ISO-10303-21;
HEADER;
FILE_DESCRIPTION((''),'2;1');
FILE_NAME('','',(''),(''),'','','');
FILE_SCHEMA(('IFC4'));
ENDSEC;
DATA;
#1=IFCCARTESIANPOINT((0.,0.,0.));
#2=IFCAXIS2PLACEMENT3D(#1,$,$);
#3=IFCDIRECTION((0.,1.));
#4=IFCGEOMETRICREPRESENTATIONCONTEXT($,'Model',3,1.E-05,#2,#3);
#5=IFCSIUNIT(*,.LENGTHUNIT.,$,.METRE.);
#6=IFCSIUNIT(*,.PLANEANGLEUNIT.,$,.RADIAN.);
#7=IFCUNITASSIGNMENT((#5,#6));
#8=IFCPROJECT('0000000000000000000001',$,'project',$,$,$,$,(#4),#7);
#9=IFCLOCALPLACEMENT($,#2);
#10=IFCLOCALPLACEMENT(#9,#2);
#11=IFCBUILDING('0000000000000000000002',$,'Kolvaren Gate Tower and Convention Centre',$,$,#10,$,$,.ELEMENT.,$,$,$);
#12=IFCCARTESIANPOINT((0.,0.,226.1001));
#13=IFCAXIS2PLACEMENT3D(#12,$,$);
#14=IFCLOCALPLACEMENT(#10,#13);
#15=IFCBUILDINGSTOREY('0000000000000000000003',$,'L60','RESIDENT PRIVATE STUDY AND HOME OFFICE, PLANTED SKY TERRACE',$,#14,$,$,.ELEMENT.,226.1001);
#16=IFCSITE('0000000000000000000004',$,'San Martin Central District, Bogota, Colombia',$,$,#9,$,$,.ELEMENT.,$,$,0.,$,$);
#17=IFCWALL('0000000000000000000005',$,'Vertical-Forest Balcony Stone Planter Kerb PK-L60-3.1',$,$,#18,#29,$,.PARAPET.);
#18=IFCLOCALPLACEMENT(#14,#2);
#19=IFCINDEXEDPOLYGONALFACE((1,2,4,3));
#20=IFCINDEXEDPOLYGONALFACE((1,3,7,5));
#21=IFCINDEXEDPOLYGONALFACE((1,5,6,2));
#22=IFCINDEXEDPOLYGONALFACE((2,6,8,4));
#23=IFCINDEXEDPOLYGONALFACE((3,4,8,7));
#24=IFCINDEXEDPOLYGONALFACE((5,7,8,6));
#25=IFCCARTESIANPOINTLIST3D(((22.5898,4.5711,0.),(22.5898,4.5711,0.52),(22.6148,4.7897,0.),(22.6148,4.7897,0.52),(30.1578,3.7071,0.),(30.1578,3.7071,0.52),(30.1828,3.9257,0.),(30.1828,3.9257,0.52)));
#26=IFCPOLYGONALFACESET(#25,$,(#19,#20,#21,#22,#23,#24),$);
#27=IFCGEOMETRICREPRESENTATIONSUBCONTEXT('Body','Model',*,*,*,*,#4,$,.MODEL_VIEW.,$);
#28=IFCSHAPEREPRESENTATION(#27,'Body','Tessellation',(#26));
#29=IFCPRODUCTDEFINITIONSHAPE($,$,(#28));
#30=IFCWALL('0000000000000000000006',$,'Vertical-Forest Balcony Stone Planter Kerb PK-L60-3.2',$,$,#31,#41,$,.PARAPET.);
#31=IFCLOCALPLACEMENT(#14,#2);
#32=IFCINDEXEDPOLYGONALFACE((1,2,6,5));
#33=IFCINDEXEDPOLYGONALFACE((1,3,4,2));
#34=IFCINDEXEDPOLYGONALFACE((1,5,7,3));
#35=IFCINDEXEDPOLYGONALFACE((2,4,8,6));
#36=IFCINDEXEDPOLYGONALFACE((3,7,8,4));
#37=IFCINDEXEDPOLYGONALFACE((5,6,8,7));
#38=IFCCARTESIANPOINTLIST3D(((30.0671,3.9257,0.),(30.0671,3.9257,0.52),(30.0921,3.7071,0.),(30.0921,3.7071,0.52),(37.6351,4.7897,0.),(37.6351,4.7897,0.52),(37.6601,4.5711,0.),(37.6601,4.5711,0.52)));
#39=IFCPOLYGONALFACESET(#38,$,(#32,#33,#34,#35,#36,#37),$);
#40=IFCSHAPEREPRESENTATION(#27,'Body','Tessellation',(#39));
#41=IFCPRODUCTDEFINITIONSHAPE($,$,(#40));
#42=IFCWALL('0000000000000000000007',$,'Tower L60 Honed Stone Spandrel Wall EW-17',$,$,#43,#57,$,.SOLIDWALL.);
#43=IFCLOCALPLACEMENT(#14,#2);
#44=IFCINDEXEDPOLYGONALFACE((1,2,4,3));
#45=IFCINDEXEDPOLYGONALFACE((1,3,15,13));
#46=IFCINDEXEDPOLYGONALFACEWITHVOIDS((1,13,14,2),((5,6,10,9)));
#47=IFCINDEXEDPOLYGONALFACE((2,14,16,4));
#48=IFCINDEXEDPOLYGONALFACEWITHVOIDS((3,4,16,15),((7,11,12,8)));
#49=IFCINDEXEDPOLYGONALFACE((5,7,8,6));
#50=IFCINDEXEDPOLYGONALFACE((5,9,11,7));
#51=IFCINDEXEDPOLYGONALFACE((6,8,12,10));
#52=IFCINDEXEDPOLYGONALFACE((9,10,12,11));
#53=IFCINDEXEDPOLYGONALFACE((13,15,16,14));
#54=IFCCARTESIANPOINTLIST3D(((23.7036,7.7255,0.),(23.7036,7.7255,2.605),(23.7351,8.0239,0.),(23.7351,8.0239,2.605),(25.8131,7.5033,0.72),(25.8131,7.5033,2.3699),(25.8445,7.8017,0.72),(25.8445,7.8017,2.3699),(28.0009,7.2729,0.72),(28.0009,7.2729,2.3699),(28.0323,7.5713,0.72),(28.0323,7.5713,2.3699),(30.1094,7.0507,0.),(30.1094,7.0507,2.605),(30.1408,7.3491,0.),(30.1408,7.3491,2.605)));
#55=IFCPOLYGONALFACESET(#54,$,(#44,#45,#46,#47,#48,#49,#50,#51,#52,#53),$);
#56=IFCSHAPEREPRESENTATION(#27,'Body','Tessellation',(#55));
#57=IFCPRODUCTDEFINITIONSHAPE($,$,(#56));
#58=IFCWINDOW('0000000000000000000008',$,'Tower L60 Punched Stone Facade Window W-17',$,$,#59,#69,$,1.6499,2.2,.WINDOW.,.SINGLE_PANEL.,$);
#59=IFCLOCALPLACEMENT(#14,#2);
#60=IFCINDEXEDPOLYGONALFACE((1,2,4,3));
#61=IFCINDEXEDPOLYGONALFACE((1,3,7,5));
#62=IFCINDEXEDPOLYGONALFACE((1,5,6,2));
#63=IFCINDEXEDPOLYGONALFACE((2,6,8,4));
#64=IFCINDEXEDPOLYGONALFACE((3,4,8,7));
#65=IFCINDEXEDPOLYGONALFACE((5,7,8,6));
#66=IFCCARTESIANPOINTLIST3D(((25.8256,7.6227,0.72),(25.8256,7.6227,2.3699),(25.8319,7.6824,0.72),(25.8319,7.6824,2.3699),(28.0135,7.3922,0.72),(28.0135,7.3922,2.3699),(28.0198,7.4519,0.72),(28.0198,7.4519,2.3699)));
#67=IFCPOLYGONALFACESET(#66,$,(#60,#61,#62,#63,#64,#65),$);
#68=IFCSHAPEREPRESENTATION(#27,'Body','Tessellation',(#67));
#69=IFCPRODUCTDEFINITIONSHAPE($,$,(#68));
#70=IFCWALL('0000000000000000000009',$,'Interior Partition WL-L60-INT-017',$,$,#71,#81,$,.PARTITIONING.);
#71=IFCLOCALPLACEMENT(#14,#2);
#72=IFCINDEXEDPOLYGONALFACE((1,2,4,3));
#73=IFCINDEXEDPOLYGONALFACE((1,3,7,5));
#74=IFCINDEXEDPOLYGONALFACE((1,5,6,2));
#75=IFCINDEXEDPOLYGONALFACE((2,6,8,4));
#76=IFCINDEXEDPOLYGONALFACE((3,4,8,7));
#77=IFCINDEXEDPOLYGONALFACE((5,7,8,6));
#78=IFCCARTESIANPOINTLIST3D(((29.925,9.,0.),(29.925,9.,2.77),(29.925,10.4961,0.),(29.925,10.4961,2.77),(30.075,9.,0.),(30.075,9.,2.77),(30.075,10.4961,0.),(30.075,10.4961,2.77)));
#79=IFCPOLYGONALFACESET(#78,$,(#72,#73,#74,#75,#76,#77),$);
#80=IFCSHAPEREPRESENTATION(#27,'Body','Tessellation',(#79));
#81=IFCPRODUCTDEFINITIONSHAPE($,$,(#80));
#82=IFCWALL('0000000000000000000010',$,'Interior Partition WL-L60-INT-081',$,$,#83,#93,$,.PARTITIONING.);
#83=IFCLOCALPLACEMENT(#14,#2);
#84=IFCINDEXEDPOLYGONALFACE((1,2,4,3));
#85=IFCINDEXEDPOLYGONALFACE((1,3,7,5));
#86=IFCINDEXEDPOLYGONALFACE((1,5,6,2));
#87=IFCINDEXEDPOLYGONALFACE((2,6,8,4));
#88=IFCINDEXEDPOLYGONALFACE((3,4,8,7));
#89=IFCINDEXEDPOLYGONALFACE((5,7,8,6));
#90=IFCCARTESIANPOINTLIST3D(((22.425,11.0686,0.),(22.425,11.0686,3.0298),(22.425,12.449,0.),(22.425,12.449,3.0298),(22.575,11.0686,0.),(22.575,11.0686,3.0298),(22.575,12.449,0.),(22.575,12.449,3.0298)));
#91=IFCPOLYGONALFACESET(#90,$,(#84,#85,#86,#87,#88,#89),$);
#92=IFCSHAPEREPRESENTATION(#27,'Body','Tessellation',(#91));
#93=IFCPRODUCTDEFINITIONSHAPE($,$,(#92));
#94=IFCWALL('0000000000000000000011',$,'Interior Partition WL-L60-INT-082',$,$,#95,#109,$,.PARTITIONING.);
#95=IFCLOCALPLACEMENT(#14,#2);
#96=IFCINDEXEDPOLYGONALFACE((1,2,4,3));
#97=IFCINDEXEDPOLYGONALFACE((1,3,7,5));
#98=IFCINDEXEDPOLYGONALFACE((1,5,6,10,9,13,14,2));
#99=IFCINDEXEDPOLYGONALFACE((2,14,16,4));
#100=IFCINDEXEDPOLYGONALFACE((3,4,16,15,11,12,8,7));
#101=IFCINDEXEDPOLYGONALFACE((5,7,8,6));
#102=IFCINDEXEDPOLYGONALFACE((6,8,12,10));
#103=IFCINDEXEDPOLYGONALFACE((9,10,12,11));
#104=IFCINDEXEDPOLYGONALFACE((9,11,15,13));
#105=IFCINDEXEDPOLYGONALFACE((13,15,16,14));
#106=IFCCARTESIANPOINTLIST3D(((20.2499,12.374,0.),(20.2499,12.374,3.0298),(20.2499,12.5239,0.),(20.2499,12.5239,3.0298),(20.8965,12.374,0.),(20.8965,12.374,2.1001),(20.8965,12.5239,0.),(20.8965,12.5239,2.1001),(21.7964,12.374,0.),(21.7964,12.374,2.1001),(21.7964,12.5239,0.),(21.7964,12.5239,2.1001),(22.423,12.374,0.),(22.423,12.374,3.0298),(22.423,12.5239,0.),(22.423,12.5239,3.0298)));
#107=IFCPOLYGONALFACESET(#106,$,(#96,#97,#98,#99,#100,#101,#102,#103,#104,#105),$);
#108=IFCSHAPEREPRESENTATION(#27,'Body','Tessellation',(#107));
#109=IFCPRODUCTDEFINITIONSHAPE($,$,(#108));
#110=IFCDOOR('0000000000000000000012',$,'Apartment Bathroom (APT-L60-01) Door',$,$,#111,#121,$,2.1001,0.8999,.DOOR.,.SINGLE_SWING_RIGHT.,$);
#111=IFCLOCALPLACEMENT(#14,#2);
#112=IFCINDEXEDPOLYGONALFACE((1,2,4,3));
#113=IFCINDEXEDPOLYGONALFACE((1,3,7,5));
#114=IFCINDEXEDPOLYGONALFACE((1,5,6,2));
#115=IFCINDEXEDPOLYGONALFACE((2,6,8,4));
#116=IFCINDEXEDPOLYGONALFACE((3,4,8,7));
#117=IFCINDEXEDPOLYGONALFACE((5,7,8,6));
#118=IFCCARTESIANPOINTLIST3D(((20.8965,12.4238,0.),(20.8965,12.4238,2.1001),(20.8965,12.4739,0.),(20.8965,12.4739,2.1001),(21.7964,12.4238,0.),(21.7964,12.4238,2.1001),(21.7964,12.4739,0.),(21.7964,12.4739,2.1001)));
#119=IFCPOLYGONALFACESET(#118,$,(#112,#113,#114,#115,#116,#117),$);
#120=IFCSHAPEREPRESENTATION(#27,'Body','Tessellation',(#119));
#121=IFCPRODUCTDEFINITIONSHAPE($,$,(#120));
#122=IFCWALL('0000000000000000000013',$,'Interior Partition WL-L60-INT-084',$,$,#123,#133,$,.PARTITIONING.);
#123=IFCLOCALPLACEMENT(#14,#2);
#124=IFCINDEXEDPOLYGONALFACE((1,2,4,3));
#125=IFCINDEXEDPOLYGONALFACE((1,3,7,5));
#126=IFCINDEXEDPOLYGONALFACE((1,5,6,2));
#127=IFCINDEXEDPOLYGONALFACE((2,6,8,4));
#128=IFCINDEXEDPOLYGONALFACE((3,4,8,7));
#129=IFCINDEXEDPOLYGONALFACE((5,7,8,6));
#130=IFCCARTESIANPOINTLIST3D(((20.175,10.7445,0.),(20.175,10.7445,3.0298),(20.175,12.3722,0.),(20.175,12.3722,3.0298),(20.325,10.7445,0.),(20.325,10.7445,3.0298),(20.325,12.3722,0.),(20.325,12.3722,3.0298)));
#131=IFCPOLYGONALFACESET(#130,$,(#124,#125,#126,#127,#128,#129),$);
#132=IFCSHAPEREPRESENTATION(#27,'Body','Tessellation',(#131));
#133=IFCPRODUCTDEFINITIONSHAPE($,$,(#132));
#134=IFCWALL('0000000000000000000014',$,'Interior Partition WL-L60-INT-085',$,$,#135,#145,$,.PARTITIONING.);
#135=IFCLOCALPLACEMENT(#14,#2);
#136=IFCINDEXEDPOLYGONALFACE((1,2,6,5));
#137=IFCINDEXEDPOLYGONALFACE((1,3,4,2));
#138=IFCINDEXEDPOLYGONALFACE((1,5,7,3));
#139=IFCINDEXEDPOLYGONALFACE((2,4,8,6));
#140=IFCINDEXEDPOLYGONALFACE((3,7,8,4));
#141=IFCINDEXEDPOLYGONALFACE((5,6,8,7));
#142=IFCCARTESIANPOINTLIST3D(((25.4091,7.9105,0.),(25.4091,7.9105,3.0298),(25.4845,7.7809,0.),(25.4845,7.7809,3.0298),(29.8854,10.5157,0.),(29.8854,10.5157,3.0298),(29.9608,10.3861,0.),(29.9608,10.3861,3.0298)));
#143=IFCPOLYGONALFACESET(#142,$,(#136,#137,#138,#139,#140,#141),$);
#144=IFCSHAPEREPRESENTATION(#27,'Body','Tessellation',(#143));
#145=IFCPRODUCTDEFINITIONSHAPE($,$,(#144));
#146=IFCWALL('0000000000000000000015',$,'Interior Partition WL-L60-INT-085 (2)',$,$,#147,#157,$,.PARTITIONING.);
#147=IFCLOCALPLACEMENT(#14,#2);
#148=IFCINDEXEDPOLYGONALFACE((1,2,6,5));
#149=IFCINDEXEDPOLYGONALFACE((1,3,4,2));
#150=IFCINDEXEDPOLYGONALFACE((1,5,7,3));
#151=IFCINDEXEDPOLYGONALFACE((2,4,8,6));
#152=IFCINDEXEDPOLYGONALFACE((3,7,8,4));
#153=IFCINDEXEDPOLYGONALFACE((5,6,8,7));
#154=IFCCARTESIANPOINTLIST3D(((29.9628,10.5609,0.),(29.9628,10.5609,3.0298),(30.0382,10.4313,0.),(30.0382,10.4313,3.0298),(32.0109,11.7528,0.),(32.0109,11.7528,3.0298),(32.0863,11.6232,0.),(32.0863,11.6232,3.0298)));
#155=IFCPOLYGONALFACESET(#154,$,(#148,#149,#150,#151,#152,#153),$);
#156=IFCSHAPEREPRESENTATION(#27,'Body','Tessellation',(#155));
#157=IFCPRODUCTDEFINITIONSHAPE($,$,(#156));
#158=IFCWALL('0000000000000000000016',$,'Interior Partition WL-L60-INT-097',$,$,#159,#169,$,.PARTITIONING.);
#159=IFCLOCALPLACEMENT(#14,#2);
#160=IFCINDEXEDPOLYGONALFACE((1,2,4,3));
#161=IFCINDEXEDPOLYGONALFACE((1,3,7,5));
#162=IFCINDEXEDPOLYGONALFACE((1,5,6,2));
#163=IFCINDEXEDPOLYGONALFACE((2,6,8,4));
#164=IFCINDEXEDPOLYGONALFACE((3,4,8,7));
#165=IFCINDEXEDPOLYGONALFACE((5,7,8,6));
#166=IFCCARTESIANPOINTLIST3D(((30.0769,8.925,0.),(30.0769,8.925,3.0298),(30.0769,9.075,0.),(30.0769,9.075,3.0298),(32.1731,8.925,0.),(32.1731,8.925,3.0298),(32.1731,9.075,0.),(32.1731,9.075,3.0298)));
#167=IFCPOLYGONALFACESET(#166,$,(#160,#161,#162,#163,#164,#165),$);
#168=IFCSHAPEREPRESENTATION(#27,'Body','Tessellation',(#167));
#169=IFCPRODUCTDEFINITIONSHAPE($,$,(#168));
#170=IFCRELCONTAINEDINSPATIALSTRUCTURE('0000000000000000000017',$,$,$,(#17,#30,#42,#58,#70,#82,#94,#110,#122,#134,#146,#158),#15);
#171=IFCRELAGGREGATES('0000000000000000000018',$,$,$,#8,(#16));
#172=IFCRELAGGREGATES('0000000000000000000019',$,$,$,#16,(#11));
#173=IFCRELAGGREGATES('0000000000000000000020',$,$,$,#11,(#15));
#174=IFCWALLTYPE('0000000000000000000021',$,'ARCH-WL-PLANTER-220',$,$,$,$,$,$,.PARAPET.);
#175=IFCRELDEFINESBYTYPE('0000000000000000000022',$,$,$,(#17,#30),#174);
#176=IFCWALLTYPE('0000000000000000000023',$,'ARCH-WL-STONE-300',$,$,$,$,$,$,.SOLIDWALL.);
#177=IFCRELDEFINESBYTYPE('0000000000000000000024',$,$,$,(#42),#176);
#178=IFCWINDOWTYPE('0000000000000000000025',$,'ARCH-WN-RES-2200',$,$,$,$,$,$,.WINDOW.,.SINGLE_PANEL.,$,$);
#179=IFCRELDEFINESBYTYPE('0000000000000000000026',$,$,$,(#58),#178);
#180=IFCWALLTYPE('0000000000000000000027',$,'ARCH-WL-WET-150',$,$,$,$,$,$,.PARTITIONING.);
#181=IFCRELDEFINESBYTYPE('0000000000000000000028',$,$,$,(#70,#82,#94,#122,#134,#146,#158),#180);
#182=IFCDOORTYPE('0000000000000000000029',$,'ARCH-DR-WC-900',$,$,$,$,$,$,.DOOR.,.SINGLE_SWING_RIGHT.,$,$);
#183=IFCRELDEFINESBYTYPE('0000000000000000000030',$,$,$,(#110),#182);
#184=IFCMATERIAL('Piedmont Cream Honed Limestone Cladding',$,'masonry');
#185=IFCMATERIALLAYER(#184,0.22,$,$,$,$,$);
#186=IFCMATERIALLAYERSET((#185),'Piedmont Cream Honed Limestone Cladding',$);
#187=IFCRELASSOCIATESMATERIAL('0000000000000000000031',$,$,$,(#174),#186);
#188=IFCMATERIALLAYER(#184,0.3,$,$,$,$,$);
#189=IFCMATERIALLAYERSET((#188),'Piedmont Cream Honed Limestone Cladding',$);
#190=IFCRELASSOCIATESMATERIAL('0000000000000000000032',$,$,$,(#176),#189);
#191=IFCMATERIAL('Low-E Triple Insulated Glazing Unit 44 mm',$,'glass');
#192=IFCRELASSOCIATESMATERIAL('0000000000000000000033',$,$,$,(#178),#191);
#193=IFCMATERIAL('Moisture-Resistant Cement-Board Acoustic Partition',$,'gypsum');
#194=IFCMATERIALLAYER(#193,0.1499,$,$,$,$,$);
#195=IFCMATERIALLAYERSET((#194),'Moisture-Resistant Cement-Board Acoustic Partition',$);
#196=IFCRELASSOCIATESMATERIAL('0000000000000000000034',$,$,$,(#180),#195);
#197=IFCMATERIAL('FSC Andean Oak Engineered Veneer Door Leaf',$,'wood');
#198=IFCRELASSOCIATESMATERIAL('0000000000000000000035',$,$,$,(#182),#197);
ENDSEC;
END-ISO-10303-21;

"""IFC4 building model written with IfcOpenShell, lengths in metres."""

from ifc_helpers import new_model, si_unit, direction, frame, frame_2d, origin, place, context, subcontext, project, spatial, rectangle, extrude, material, layer, layer_set, type_object, element, fill, save


model = new_model("IFC4")

# Units and contexts
model_context = context("Model", 3, precision=1e-05, world=origin(), true_north=direction((0.0, 1.0)))
body_context = subcontext(model_context, "Body", "Model", "MODEL_VIEW")
ifc_project = project(units=[si_unit("LENGTHUNIT", "METRE"), si_unit("PLANEANGLEUNIT", "RADIAN")], contexts=[model_context])

# Site, building, storey
site_placement = place(None, origin())
site = spatial("IfcSite", under=ifc_project, at=site_placement, Name="San Martin Central District, Bogota, Colombia", CompositionType="ELEMENT", RefElevation=0.0)
building_placement = place(site_placement, origin())
building = spatial("IfcBuilding", under=site, at=building_placement, Name="Kolvaren Gate Tower and Convention Centre", CompositionType="ELEMENT")
storey_placement = place(building_placement, frame((0.0, 0.0, 226.1001)))
storey = spatial("IfcBuildingStorey", under=building, at=storey_placement, Name="L60", Description="RESIDENT PRIVATE STUDY AND HOME OFFICE, PLANTED SKY TERRACE", CompositionType="ELEMENT", Elevation=226.1001)

# Shared definitions
ifc_material_1 = material(Name="FSC Andean Oak Engineered Veneer Door Leaf", Category="wood")

# Walls
ifc_material_2 = material(Name="Piedmont Cream Honed Limestone Cladding", Category="masonry")
ifc_layer_1 = layer(ifc_material_2, 0.22)
ifc_layer_set_1 = layer_set([ifc_layer_1], Name="Piedmont Cream Honed Limestone Cladding")
wall_type_1 = type_object("IfcWallType", Name="ARCH-WL-PLANTER-220", PredefinedType="PARAPET", material=ifc_layer_set_1)
for number, where, z_axis, x_axis, name in (
    (1, (22.6023, 4.6804, 0.0), (0.0, 0.0, 1.0), (0.993546, -0.113428, 0.0), "Vertical-Forest Balcony Stone Planter Kerb PK-L60-3.1"),
    (2, (30.0796, 3.8164, 0.0), (0.0, 0.0, 1.0), (0.993546, 0.113428, 0.0), "Vertical-Forest Balcony Stone Planter Kerb PK-L60-3.2"),
):
    element("IfcWall", number, at=place(storey_placement, frame(where, z_axis=z_axis, x_axis=x_axis)), inside=storey, type_object=wall_type_1, Name=name, PredefinedType="PARAPET", context=body_context, shape_type="SweptSolid", body=[
        extrude(rectangle(XDim=7.6172, YDim=0.22, at=frame_2d((3.8086, 0.0))), origin(), (0.0, 0.0, 1.0), 0.52),
    ])

# Wall, opening, window
ifc_layer_2 = layer(ifc_material_2, 0.3)
ifc_layer_set_2 = layer_set([ifc_layer_2], Name="Piedmont Cream Honed Limestone Cladding")
wall_type_2 = type_object("IfcWallType", Name="ARCH-WL-STONE-300", PredefinedType="SOLIDWALL", material=ifc_layer_set_2)
wall_1_placement = place(storey_placement, frame((23.7192, 7.8748, 0.0), z_axis=(0.0, 0.0, 1.0), x_axis=(0.994497, -0.104764, 0.0)))
wall_1 = element("IfcWall", 3, at=wall_1_placement, inside=storey, type_object=wall_type_2, Name="Tower L60 Honed Stone Spandrel Wall EW-17", PredefinedType="SOLIDWALL", context=body_context, shape_type="SweptSolid", body=[
    extrude(rectangle(XDim=6.4412, YDim=0.3, at=frame_2d((3.2207, 0.0))), origin(), (0.0, 0.0, 1.0), 2.605),
])
opening_1_placement = place(wall_1_placement, frame((2.1211, 0.0, 0.72)))
opening_1 = element("IfcOpeningElement", 4, at=opening_1_placement, cuts=wall_1, PredefinedType="OPENING", context=body_context, shape_type="SweptSolid", body=[
    extrude(rectangle(XDim=2.2, YDim=1.6499, at=frame_2d((1.1001, 0.825))), frame((0.0, 0.1599, 0.0), z_axis=(0.0, -1.0, 0.0), x_axis=(1.0, 0.0, 0.0)), (0.0, 0.0, 1.0), 0.3201),
])
ifc_material_3 = material(Name="Low-E Triple Insulated Glazing Unit 44 mm", Category="glass")
window_type = type_object("IfcWindowType", Name="ARCH-WN-RES-2200", PartitioningType="SINGLE_PANEL", PredefinedType="WINDOW", material=ifc_material_3)
window_placement = place(opening_1_placement, origin())
window = element("IfcWindow", 5, at=window_placement, inside=storey, type_object=window_type, Name="Tower L60 Punched Stone Facade Window W-17", OverallHeight=1.6499, OverallWidth=2.2, PartitioningType="SINGLE_PANEL", PredefinedType="WINDOW", context=body_context, shape_type="SweptSolid", body=[
    extrude(rectangle(XDim=2.2, YDim=1.6499, at=frame_2d((1.1001, 0.825))), frame((0.0, 0.03, 0.0), z_axis=(0.0, -1.0, 0.0), x_axis=(1.0, 0.0, 0.0)), (0.0, 0.0, 1.0), 0.0601),
])
fill(opening_1, window)

# Walls
ifc_material_4 = material(Name="Moisture-Resistant Cement-Board Acoustic Partition", Category="gypsum")
ifc_layer_3 = layer(ifc_material_4, 0.1499)
ifc_layer_set_3 = layer_set([ifc_layer_3], Name="Moisture-Resistant Cement-Board Acoustic Partition")
wall_type_3 = type_object("IfcWallType", Name="ARCH-WL-WET-150", PredefinedType="PARTITIONING", material=ifc_layer_set_3)
wall_2_placement = place(storey_placement, frame((30.0, 9.0, 0.0), z_axis=(0.0, 0.0, 1.0), x_axis=(0.0, 1.0, 0.0)))
element("IfcWall", 6, at=wall_2_placement, inside=storey, type_object=wall_type_3, Name="Interior Partition WL-L60-INT-017", PredefinedType="PARTITIONING", context=body_context, shape_type="SweptSolid", body=[
    extrude(rectangle(XDim=1.4961, YDim=0.1499, at=frame_2d((0.748, 0.0))), origin(), (0.0, 0.0, 1.0), 2.77),
])
wall_3_placement = place(storey_placement, frame((22.5, 11.0686, 0.0), z_axis=(0.0, 0.0, 1.0), x_axis=(0.0, 1.0, 0.0)))
element("IfcWall", 7, at=wall_3_placement, inside=storey, type_object=wall_type_3, Name="Interior Partition WL-L60-INT-081", PredefinedType="PARTITIONING", context=body_context, shape_type="SweptSolid", body=[
    extrude(rectangle(XDim=1.3804, YDim=0.1499, at=frame_2d((0.6902, 0.0))), origin(), (0.0, 0.0, 1.0), 3.0298),
])

# Wall, opening, door
wall_4_placement = place(storey_placement, frame((20.25, 12.449, 0.0), z_axis=(0.0, 0.0, 1.0), x_axis=(1.0, 0.0, 0.0)))
wall_4 = element("IfcWall", 8, at=wall_4_placement, inside=storey, type_object=wall_type_3, Name="Interior Partition WL-L60-INT-082", PredefinedType="PARTITIONING", context=body_context, shape_type="SweptSolid", body=[
    extrude(rectangle(XDim=2.1731, YDim=0.1499, at=frame_2d((1.0864, 0.0))), origin(), (0.0, 0.0, 1.0), 3.0298),
])
opening_2_placement = place(wall_4_placement, frame((0.6465, 0.0, 0.0)))
opening_2 = element("IfcOpeningElement", 9, at=opening_2_placement, cuts=wall_4, PredefinedType="OPENING", context=body_context, shape_type="SweptSolid", body=[
    extrude(rectangle(XDim=0.8999, YDim=2.1001, at=frame_2d((0.45, 1.05))), frame((0.0, 0.085, 0.0), z_axis=(0.0, -1.0, 0.0), x_axis=(1.0, 0.0, 0.0)), (0.0, 0.0, 1.0), 0.1699),
])
door_type_1 = type_object("IfcDoorType", Name="ARCH-DR-WC-900", OperationType="SINGLE_SWING_RIGHT", PredefinedType="DOOR", material=ifc_material_1)
door_1_placement = place(opening_2_placement, origin())
door_1 = element("IfcDoor", 10, at=door_1_placement, inside=storey, type_object=door_type_1, Name="Apartment Bathroom (APT-L60-01) Door", OperationType="SINGLE_SWING_RIGHT", OverallHeight=2.1001, OverallWidth=0.8999, PredefinedType="DOOR", context=body_context, shape_type="SweptSolid", body=[
    extrude(rectangle(XDim=0.8999, YDim=2.1001, at=frame_2d((0.45, 1.05))), frame((0.0, 0.0249, 0.0), z_axis=(0.0, -1.0, 0.0), x_axis=(1.0, 0.0, 0.0)), (0.0, 0.0, 1.0), 0.05),
])
fill(opening_2, door_1)

# Walls
wall_5_placement = place(storey_placement, frame((20.25, 10.7444, 0.0), z_axis=(0.0, 0.0, 1.0), x_axis=(0.0, 1.0, 0.0)))
element("IfcWall", 11, at=wall_5_placement, inside=storey, type_object=wall_type_3, Name="Interior Partition WL-L60-INT-084", PredefinedType="PARTITIONING", context=body_context, shape_type="SweptSolid", body=[
    extrude(rectangle(XDim=1.6277, YDim=0.1499, at=frame_2d((0.814, 0.0))), origin(), (0.0, 0.0, 1.0), 3.0298),
])
wall_6_placement = place(storey_placement, frame((25.4468, 7.8457, 0.0), z_axis=(0.0, 0.0, 1.0), x_axis=(0.864279, 0.503012, 0.0)))
element("IfcWall", 12, at=wall_6_placement, inside=storey, type_object=wall_type_3, Name="Interior Partition WL-L60-INT-085", PredefinedType="PARTITIONING", context=body_context, shape_type="SweptSolid", body=[
    extrude(rectangle(XDim=5.1792, YDim=0.1499, at=frame_2d((2.5896, 0.0))), origin(), (0.0, 0.0, 1.0), 3.0298),
])
wall_7_placement = place(storey_placement, frame((30.0005, 10.4961, 0.0), z_axis=(0.0, 0.0, 1.0), x_axis=(0.864298, 0.50298, 0.0)))
element("IfcWall", 13, at=wall_7_placement, inside=storey, type_object=wall_type_3, Name="Interior Partition WL-L60-INT-085 (2)", PredefinedType="PARTITIONING", context=body_context, shape_type="SweptSolid", body=[
    extrude(rectangle(XDim=2.3696, YDim=0.1499, at=frame_2d((1.1848, 0.0))), origin(), (0.0, 0.0, 1.0), 3.0298),
])
wall_8_placement = place(storey_placement, frame((30.0769, 9.0, 0.0), z_axis=(0.0, 0.0, 1.0), x_axis=(1.0, 0.0, 0.0)))
element("IfcWall", 14, at=wall_8_placement, inside=storey, type_object=wall_type_3, Name="Interior Partition WL-L60-INT-097", PredefinedType="PARTITIONING", context=body_context, shape_type="SweptSolid", body=[
    extrude(rectangle(XDim=2.0962, YDim=0.1499, at=frame_2d((1.0481, 0.0))), origin(), (0.0, 0.0, 1.0), 3.0298),
])

save(model, "model.ifc")
